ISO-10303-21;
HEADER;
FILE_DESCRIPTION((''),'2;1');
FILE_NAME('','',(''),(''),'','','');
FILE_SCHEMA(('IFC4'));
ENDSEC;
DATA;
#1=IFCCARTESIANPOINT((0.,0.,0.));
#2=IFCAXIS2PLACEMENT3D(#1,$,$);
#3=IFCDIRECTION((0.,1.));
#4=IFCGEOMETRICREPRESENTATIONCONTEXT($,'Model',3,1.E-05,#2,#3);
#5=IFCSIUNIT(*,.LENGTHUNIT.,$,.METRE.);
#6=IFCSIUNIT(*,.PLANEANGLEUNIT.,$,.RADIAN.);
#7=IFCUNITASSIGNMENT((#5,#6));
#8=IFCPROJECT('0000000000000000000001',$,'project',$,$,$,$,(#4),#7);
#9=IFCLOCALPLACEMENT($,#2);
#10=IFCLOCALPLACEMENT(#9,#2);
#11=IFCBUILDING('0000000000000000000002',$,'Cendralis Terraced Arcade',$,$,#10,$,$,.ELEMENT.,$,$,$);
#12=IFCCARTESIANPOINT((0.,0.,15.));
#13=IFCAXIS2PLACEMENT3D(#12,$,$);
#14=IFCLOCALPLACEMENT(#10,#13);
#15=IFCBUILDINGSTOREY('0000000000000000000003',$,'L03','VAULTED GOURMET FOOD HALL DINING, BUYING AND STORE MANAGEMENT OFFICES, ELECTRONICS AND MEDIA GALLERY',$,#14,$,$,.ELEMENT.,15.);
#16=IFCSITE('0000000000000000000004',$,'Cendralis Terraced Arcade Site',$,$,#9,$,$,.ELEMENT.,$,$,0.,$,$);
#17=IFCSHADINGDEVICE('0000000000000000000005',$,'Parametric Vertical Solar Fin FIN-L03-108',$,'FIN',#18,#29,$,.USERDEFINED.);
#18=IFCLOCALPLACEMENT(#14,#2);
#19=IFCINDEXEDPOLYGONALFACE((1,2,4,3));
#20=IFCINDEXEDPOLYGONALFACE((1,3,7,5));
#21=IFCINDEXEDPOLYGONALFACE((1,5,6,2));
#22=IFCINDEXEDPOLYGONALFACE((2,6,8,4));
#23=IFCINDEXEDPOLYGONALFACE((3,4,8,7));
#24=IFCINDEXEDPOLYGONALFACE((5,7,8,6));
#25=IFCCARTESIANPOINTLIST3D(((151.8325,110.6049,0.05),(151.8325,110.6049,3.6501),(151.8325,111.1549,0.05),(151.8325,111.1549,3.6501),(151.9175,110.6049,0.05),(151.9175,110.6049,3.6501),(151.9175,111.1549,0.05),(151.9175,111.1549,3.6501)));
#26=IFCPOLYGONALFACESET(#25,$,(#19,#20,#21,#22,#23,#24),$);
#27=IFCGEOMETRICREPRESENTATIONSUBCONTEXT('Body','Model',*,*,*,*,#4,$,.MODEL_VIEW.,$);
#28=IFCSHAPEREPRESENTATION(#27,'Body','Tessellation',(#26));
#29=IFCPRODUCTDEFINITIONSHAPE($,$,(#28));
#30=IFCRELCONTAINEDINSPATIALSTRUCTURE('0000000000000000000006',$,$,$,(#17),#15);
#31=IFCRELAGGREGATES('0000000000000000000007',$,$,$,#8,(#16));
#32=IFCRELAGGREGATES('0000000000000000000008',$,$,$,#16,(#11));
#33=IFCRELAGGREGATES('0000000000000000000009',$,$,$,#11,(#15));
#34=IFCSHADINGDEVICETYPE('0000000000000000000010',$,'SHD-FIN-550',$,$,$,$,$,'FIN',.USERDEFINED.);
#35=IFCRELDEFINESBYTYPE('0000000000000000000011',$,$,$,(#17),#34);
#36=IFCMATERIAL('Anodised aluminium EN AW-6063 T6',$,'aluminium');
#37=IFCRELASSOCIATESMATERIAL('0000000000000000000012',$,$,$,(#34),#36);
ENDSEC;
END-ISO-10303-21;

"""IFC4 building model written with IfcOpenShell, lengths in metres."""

from ifc_helpers import new_model, si_unit, direction, frame, origin, origin_2d, place, context, subcontext, project, spatial, rectangle, extrude, material, type_object, element, save


model = new_model("IFC4")

# Units and contexts
model_context = context("Model", 3, precision=1e-05, world=origin(), true_north=direction((0.0, 1.0)))
body_context = subcontext(model_context, "Body", "Model", "MODEL_VIEW")
ifc_project = project(units=[si_unit("LENGTHUNIT", "METRE"), si_unit("PLANEANGLEUNIT", "RADIAN")], contexts=[model_context])

# Site, building, storey
site_placement = place(None, origin())
site = spatial("IfcSite", under=ifc_project, at=site_placement, Name="Cendralis Terraced Arcade Site", CompositionType="ELEMENT", RefElevation=0.0)
building_placement = place(site_placement, origin())
building = spatial("IfcBuilding", under=site, at=building_placement, Name="Cendralis Terraced Arcade", CompositionType="ELEMENT")
storey_placement = place(building_placement, frame((0.0, 0.0, 15.0)))
storey = spatial("IfcBuildingStorey", under=building, at=storey_placement, Name="L03", Description="VAULTED GOURMET FOOD HALL DINING, BUYING AND STORE MANAGEMENT OFFICES, ELECTRONICS AND MEDIA GALLERY", CompositionType="ELEMENT", Elevation=15.0)

# Shared definitions
ifc_material_1 = material(Name="Anodised aluminium EN AW-6063 T6", Category="aluminium")

# Shading device
shading_device_type = type_object("IfcShadingDeviceType", Name="SHD-FIN-550", ElementType="FIN", PredefinedType="USERDEFINED", material=ifc_material_1)
for number, where, z_axis, x_axis, name in (
    (1, (151.875, 110.8799, 0.05), (0.0, 0.0, 1.0), (1.0, 0.0, 0.0), "Parametric Vertical Solar Fin FIN-L03-108"),
):
    element("IfcShadingDevice", number, at=place(storey_placement, frame(where, z_axis=z_axis, x_axis=x_axis)), inside=storey, type_object=shading_device_type, Name=name, ObjectType="FIN", PredefinedType="USERDEFINED", context=body_context, shape_type="SweptSolid", body=[
        extrude(rectangle(XDim=0.085, YDim=0.55, at=origin_2d()), origin(), (0.0, 0.0, 1.0), 3.6001),
    ])

save(model, "model.ifc")
